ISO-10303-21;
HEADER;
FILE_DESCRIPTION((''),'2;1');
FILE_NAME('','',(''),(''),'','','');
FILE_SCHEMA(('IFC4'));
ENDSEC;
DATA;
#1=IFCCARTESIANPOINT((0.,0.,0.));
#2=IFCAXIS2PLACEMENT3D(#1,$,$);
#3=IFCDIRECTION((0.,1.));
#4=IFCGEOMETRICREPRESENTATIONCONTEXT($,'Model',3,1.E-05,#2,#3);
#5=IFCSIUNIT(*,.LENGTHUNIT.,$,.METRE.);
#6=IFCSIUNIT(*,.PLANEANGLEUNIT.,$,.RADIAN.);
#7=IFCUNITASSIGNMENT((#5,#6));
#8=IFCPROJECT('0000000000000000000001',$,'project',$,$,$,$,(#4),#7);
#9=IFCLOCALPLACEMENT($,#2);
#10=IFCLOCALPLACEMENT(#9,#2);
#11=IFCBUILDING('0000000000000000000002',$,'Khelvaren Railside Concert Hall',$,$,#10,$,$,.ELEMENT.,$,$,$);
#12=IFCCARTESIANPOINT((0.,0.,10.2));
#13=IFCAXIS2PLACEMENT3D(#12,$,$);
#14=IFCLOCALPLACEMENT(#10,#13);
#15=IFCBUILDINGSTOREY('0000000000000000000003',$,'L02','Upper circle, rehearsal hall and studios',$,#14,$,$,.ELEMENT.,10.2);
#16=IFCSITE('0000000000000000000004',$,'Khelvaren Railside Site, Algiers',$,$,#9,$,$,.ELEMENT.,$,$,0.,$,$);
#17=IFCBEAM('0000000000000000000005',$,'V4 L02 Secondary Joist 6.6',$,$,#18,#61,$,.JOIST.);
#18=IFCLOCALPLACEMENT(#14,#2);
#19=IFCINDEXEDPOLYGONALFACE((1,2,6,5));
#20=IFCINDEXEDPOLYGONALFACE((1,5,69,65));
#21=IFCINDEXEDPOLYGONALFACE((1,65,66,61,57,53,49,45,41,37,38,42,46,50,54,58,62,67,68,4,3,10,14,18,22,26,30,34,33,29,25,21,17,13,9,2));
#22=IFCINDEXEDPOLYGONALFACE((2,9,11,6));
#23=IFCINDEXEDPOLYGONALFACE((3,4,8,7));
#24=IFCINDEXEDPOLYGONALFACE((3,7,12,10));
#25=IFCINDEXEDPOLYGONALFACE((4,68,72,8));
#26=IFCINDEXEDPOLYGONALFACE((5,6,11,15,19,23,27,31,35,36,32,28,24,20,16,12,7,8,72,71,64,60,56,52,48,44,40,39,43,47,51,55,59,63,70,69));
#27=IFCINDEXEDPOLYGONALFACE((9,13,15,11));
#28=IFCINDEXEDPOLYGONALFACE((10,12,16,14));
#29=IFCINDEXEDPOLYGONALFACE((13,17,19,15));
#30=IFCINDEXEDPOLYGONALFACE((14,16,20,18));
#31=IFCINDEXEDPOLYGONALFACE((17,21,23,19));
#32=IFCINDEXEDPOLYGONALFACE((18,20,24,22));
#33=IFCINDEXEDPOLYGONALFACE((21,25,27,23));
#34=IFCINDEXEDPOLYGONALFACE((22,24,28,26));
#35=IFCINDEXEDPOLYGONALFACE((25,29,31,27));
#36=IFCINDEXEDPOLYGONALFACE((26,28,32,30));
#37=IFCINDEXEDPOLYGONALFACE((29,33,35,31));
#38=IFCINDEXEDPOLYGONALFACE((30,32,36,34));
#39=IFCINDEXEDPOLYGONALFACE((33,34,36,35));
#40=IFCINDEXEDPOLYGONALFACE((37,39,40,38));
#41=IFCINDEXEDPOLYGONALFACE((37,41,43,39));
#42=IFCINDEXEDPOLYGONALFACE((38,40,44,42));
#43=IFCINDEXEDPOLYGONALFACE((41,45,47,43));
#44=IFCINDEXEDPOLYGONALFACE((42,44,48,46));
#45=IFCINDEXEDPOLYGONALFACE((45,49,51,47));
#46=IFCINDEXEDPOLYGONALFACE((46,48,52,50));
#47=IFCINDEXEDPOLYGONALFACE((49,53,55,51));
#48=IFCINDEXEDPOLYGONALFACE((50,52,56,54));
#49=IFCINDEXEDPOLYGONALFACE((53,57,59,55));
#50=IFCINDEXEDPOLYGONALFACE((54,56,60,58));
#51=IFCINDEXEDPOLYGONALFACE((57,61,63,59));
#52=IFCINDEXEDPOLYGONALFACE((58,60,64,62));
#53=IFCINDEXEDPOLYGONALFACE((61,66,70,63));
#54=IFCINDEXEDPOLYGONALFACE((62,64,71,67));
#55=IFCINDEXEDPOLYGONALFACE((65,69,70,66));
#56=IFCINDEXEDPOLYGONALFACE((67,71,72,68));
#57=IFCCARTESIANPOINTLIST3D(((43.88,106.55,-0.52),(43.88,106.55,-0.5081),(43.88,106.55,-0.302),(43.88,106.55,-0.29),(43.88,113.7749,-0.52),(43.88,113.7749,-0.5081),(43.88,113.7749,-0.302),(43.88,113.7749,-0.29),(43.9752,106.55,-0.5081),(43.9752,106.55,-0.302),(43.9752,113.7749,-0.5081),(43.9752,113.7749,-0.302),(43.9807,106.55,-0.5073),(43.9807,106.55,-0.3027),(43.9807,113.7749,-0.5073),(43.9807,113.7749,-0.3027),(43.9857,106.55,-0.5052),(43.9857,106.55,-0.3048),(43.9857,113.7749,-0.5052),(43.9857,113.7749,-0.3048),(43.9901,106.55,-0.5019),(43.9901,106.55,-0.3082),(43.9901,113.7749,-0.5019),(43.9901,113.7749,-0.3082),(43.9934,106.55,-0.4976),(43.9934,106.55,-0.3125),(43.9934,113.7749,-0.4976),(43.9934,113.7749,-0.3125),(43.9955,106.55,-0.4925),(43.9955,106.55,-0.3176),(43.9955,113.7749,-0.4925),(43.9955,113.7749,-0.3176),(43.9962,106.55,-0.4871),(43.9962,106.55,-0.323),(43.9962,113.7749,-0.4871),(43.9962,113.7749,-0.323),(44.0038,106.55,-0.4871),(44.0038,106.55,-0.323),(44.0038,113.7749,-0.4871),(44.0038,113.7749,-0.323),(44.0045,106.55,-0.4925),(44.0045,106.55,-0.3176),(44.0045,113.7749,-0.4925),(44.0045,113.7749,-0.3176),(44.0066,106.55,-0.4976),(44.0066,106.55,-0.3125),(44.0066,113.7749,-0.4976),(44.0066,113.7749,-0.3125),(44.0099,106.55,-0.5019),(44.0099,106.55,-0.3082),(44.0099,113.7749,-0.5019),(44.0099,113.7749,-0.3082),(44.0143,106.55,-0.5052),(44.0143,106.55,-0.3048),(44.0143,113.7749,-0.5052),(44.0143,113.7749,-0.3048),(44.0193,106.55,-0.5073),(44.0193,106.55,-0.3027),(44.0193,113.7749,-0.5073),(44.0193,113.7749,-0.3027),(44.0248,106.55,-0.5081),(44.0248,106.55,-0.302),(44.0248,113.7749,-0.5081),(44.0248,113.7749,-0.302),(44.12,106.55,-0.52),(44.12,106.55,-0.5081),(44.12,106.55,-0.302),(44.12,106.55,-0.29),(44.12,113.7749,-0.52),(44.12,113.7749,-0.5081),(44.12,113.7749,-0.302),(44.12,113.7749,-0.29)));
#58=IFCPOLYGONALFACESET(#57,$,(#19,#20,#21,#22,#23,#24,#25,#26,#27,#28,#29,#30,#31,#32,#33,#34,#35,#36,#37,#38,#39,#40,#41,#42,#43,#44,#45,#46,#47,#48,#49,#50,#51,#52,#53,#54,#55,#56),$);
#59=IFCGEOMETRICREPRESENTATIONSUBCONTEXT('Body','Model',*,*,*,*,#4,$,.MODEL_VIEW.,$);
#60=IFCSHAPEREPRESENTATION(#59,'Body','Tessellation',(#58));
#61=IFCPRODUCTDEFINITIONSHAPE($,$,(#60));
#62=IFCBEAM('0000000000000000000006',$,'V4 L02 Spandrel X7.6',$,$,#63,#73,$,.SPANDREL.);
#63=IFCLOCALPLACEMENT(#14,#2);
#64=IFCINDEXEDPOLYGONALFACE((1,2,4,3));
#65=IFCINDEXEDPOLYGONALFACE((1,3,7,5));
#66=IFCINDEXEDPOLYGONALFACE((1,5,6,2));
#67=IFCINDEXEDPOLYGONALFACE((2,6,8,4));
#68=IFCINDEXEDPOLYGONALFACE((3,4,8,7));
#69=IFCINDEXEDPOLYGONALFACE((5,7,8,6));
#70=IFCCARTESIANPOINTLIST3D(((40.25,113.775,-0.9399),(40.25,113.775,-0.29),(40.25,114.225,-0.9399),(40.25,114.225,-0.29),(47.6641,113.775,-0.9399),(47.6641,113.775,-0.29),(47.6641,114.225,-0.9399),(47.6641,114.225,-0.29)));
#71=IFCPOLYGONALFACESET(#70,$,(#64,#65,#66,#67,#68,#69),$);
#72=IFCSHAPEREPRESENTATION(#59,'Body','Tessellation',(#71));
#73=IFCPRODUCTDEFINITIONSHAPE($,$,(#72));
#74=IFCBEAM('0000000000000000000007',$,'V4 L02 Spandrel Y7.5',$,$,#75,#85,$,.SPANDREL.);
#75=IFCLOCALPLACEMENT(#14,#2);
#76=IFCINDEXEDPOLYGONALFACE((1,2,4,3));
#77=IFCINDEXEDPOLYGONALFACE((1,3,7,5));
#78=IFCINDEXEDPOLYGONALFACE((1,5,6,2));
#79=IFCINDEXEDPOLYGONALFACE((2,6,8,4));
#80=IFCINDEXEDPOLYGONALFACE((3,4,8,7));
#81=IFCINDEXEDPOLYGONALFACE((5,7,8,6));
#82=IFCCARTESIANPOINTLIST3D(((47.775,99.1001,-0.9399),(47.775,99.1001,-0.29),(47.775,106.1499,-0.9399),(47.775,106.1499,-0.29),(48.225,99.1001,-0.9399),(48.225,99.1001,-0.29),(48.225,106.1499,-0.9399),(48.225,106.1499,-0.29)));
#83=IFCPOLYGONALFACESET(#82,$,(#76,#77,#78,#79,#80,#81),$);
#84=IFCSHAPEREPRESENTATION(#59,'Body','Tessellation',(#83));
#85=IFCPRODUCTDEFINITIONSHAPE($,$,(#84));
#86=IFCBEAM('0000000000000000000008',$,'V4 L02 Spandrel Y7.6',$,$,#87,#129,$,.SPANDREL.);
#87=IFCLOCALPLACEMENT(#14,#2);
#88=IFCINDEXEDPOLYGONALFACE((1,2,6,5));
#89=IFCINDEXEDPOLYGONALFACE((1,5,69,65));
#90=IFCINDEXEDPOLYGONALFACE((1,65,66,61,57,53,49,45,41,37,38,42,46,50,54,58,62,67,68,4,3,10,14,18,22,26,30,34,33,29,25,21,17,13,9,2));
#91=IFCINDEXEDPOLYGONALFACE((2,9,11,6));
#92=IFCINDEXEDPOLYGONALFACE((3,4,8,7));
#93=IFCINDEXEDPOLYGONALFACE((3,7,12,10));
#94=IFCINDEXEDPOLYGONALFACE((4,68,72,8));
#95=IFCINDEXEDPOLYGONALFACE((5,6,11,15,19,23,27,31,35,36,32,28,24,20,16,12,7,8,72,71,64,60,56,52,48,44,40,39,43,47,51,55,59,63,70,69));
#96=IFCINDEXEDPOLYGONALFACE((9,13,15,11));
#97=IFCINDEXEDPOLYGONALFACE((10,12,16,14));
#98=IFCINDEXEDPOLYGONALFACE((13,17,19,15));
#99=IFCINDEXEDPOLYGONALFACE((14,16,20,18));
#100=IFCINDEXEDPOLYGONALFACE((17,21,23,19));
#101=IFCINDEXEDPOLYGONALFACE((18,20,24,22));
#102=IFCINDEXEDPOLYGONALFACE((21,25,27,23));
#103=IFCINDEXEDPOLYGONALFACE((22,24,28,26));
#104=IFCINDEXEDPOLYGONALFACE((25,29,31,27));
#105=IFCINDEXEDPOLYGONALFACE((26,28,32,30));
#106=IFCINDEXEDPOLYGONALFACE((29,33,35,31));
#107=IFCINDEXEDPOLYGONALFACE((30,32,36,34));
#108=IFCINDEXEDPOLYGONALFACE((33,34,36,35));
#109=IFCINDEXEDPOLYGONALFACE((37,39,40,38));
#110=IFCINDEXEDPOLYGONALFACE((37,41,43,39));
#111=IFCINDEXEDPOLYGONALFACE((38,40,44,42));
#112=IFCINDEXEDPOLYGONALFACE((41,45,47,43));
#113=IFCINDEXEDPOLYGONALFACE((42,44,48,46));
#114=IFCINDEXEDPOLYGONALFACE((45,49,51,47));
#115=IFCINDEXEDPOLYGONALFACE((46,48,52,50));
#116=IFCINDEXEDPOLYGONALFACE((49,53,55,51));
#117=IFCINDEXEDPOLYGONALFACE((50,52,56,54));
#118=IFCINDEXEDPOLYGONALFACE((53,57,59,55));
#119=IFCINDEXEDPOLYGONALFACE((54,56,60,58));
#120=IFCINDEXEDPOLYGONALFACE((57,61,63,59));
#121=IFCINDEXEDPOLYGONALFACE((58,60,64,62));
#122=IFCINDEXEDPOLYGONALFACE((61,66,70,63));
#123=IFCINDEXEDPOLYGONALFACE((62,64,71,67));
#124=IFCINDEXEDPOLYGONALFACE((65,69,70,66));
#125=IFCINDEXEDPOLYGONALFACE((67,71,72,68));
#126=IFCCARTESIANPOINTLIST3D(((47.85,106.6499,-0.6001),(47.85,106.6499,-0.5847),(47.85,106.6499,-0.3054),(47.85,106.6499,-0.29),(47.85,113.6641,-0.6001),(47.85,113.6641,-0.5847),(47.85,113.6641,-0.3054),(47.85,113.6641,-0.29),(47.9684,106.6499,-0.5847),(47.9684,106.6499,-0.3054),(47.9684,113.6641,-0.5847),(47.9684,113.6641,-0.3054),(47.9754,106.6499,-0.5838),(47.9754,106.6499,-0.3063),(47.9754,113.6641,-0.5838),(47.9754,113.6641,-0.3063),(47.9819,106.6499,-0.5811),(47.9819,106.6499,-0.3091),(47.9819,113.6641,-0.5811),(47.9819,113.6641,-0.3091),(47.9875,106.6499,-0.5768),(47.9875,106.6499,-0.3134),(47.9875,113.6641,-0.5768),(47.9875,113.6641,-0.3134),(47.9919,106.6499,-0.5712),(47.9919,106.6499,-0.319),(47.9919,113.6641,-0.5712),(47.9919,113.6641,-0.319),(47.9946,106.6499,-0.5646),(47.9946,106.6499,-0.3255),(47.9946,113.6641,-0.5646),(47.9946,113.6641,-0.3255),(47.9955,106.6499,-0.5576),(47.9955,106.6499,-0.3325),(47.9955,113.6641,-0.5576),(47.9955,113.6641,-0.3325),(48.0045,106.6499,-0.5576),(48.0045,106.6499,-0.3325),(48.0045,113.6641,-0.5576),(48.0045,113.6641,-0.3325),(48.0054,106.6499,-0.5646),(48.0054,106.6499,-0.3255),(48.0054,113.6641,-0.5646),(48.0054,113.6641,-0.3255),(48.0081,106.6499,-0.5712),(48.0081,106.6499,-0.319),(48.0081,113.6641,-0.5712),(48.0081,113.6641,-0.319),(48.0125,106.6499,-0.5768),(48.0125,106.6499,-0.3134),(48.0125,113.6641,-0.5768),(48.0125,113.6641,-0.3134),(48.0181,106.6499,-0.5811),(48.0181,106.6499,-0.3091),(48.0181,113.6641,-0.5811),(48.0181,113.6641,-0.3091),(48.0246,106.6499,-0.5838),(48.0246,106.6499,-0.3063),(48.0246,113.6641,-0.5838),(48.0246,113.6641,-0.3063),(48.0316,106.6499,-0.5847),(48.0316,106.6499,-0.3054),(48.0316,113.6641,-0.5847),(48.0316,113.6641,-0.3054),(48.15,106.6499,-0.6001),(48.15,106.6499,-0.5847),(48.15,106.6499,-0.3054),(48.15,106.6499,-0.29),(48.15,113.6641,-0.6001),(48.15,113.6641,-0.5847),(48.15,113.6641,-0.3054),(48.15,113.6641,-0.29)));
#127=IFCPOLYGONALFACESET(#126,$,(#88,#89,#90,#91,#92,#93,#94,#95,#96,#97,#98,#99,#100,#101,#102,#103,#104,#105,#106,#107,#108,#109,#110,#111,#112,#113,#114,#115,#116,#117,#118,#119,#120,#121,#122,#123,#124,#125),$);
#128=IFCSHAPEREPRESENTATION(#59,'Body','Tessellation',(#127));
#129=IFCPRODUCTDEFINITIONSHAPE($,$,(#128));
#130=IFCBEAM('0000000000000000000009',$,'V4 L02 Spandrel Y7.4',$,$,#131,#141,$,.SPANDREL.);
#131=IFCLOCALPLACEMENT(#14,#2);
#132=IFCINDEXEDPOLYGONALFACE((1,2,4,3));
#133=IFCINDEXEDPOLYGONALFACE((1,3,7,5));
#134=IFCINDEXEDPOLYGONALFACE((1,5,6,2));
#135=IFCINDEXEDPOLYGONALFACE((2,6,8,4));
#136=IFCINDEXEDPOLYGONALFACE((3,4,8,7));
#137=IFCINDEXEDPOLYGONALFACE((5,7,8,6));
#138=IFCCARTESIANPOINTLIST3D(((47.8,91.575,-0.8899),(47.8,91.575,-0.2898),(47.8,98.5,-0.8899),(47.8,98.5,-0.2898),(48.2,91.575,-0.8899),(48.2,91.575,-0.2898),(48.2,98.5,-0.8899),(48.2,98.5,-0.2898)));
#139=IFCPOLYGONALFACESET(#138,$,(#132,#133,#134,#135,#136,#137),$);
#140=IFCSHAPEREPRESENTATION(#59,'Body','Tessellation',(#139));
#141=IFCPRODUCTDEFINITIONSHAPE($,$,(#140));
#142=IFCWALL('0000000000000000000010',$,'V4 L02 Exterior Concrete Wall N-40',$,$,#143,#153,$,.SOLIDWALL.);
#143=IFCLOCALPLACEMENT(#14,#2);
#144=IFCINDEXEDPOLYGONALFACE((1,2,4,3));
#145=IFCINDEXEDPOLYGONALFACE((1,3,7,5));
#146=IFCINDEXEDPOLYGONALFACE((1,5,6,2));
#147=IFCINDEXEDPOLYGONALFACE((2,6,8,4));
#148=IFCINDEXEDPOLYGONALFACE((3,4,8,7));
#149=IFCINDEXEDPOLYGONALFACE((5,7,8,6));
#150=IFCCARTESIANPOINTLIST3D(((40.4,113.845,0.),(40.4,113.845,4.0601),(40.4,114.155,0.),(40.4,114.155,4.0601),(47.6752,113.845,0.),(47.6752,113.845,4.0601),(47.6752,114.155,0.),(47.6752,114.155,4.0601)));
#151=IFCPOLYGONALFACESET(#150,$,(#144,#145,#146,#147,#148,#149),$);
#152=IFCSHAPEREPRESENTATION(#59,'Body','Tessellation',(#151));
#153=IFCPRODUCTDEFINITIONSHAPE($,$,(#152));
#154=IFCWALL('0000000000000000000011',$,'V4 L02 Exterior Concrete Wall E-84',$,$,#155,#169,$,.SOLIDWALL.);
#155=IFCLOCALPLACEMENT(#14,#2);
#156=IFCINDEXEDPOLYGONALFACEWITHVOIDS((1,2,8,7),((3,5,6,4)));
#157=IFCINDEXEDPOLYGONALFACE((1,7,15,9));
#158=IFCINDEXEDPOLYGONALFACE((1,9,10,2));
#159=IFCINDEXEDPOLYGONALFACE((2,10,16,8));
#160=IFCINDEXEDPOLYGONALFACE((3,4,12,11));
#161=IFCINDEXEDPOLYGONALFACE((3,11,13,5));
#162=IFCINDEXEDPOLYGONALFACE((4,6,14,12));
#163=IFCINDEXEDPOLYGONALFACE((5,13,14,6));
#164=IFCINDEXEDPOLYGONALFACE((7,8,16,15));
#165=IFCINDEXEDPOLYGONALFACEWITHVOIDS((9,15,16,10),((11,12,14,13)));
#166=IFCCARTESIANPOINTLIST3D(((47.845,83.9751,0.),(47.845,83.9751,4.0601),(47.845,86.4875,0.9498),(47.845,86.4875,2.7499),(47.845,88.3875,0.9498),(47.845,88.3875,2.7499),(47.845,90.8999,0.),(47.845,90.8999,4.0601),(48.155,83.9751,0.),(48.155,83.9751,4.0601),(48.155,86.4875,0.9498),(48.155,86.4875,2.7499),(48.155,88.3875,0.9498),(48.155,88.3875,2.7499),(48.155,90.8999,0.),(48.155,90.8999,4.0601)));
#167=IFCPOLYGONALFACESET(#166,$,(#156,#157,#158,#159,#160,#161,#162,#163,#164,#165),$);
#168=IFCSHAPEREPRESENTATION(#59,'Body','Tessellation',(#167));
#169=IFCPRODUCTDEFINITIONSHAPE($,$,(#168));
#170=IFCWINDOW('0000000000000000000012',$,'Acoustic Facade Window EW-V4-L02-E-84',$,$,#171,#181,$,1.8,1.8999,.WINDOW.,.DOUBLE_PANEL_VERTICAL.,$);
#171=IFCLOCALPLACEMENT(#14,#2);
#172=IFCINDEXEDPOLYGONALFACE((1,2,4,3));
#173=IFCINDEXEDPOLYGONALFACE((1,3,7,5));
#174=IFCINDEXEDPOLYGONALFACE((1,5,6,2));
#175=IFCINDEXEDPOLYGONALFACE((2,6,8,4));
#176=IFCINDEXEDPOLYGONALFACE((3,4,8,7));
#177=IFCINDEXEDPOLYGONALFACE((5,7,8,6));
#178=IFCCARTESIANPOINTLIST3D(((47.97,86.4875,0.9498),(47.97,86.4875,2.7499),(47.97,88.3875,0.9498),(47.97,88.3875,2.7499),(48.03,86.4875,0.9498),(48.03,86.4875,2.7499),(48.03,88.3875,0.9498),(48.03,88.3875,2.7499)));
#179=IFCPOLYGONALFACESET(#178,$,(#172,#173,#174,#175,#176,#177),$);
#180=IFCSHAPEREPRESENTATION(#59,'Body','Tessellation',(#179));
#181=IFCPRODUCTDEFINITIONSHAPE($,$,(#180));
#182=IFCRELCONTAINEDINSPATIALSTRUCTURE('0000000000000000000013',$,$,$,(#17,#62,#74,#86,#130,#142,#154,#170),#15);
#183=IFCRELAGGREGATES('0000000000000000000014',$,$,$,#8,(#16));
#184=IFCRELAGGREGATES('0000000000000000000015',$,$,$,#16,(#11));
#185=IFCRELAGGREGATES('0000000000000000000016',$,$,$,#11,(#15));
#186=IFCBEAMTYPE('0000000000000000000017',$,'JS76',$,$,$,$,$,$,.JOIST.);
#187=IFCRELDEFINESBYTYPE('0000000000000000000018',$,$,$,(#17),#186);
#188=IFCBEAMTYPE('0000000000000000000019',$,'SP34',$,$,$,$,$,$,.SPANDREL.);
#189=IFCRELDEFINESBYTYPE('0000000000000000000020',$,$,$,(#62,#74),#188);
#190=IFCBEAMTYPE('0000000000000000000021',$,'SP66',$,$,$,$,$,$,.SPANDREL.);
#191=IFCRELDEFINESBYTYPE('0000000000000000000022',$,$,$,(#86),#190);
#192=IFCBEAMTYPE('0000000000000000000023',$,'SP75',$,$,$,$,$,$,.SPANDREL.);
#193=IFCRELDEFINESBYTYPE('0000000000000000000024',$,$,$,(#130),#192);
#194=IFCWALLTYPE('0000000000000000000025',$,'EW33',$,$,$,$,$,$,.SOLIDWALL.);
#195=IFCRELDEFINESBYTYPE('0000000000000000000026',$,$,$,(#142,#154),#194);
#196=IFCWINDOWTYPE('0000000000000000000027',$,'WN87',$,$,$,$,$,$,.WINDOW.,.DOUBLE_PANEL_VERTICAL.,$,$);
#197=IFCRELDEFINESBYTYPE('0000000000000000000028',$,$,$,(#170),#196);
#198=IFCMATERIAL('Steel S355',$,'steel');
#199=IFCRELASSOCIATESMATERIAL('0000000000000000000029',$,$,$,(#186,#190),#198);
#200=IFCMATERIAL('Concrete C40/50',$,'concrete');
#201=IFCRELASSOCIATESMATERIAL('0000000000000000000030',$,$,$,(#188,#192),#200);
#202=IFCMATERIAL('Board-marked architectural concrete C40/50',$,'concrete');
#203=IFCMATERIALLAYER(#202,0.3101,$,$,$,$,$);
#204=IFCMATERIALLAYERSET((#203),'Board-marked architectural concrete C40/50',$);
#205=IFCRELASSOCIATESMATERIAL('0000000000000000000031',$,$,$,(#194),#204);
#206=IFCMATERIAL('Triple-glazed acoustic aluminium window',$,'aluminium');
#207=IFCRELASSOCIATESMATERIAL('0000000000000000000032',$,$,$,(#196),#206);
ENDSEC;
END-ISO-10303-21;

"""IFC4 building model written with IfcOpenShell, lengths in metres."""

from ifc_helpers import new_model, si_unit, direction, frame, frame_2d, origin, origin_2d, place, context, subcontext, project, spatial, rectangle, i_section, extrude, material, layer, layer_set, material_profile, profile_set, type_object, element, fill, save


model = new_model("IFC4")

# Units and contexts
model_context = context("Model", 3, precision=1e-05, world=origin(), true_north=direction((0.0, 1.0)))
body_context = subcontext(model_context, "Body", "Model", "MODEL_VIEW")
ifc_project = project(units=[si_unit("LENGTHUNIT", "METRE"), si_unit("PLANEANGLEUNIT", "RADIAN")], contexts=[model_context])

# Site, building, storey
site_placement = place(None, origin())
site = spatial("IfcSite", under=ifc_project, at=site_placement, Name="Khelvaren Railside Site, Algiers", CompositionType="ELEMENT", RefElevation=0.0)
building_placement = place(site_placement, origin())
building = spatial("IfcBuilding", under=site, at=building_placement, Name="Khelvaren Railside Concert Hall", CompositionType="ELEMENT")
storey_placement = place(building_placement, frame((0.0, 0.0, 10.2)))
storey = spatial("IfcBuildingStorey", under=building, at=storey_placement, Name="L02", Description="Upper circle, rehearsal hall and studios", CompositionType="ELEMENT", Elevation=10.2)

# Beams
ifc_material_1 = material(Name="Steel S355", Category="steel")
ifc_material_2 = material(Name="Concrete C40/50", Category="concrete")
ifc_material_profile_1 = material_profile(ifc_material_1, i_section(OverallWidth=0.24, OverallDepth=0.23, WebThickness=0.0076, FlangeThickness=0.012, FilletRadius=0.021, at=origin_2d()), Name="HEA 240")
ifc_profile_set_1 = profile_set([ifc_material_profile_1], Name="Steel S355")
beam_type_1 = type_object("IfcBeamType", Name="JS76", PredefinedType="JOIST", material=ifc_profile_set_1)
beam_1_placement = place(storey_placement, frame((44.0, 106.55, -0.405), z_axis=(0.0, 1.0, 0.0), x_axis=(-1.0, 0.0, 0.0)))
element("IfcBeam", 1, at=beam_1_placement, inside=storey, type_object=beam_type_1, Name="V4 L02 Secondary Joist 6.6", PredefinedType="JOIST", context=body_context, shape_type="SweptSolid", body=[
    extrude(i_section(OverallWidth=0.24, OverallDepth=0.23, WebThickness=0.0076, FlangeThickness=0.012, FilletRadius=0.021, at=origin_2d()), origin(), (0.0, 0.0, 1.0), 7.2249),
])
ifc_material_profile_2 = material_profile(ifc_material_2, rectangle(XDim=0.45, YDim=0.6499, at=origin_2d()), Name="RCB 450x650")
ifc_profile_set_2 = profile_set([ifc_material_profile_2], Name="Concrete C40/50")
beam_type_2 = type_object("IfcBeamType", Name="SP34", PredefinedType="SPANDREL", material=ifc_profile_set_2)
beam_2_placement = place(storey_placement, frame((40.25, 114.0, -0.615), z_axis=(1.0, 0.0, 0.0), x_axis=(0.0, 1.0, 0.0)))
element("IfcBeam", 2, at=beam_2_placement, inside=storey, type_object=beam_type_2, Name="V4 L02 Spandrel X7.6", PredefinedType="SPANDREL", context=body_context, shape_type="SweptSolid", body=[
    extrude(rectangle(XDim=0.45, YDim=0.6499, at=origin_2d()), origin(), (0.0, 0.0, 1.0), 7.4141),
])
beam_3_placement = place(storey_placement, frame((48.0, 99.1001, -0.615), z_axis=(0.0, 1.0, 0.0), x_axis=(-1.0, 0.0, 0.0)))
element("IfcBeam", 3, at=beam_3_placement, inside=storey, type_object=beam_type_2, Name="V4 L02 Spandrel Y7.5", PredefinedType="SPANDREL", context=body_context, shape_type="SweptSolid", body=[
    extrude(rectangle(XDim=0.45, YDim=0.6499, at=origin_2d()), origin(), (0.0, 0.0, 1.0), 7.0498),
])
ifc_material_profile_3 = material_profile(ifc_material_1, i_section(OverallWidth=0.3, OverallDepth=0.3101, WebThickness=0.009, FlangeThickness=0.0154, FilletRadius=0.0271, at=origin_2d()), Name="HEA 320")
ifc_profile_set_3 = profile_set([ifc_material_profile_3], Name="Steel S355")
beam_type_3 = type_object("IfcBeamType", Name="SP66", PredefinedType="SPANDREL", material=ifc_profile_set_3)
beam_4_placement = place(storey_placement, frame((48.0, 106.6499, -0.4451), z_axis=(0.0, 1.0, 0.0), x_axis=(-1.0, 0.0, 0.0)))
element("IfcBeam", 4, at=beam_4_placement, inside=storey, type_object=beam_type_3, Name="V4 L02 Spandrel Y7.6", PredefinedType="SPANDREL", context=body_context, shape_type="SweptSolid", body=[
    extrude(i_section(OverallWidth=0.3, OverallDepth=0.3101, WebThickness=0.009, FlangeThickness=0.0154, FilletRadius=0.0271, at=origin_2d()), origin(), (0.0, 0.0, 1.0), 7.0142),
])
ifc_material_profile_4 = material_profile(ifc_material_2, rectangle(XDim=0.3999, YDim=0.6001, at=origin_2d()), Name="RCB 400x600")
ifc_profile_set_4 = profile_set([ifc_material_profile_4], Name="Concrete C40/50")
beam_type_4 = type_object("IfcBeamType", Name="SP75", PredefinedType="SPANDREL", material=ifc_profile_set_4)
beam_5_placement = place(storey_placement, frame((48.0, 91.575, -0.5898), z_axis=(0.0, 1.0, 0.0), x_axis=(-1.0, 0.0, 0.0)))
element("IfcBeam", 5, at=beam_5_placement, inside=storey, type_object=beam_type_4, Name="V4 L02 Spandrel Y7.4", PredefinedType="SPANDREL", context=body_context, shape_type="SweptSolid", body=[
    extrude(rectangle(XDim=0.3999, YDim=0.6001, at=origin_2d()), origin(), (0.0, 0.0, 1.0), 6.925),
])

# Wall
ifc_material_3 = material(Name="Board-marked architectural concrete C40/50", Category="concrete")
ifc_layer_1 = layer(ifc_material_3, 0.3101)
ifc_layer_set_1 = layer_set([ifc_layer_1], Name="Board-marked architectural concrete C40/50")
wall_type_1 = type_object("IfcWallType", Name="EW33", PredefinedType="SOLIDWALL", material=ifc_layer_set_1)
wall_1_placement = place(storey_placement, frame((40.3999, 114.0, 0.0), z_axis=(0.0, 0.0, 1.0), x_axis=(1.0, 0.0, 0.0)))
element("IfcWall", 6, at=wall_1_placement, inside=storey, type_object=wall_type_1, Name="V4 L02 Exterior Concrete Wall N-40", PredefinedType="SOLIDWALL", context=body_context, shape_type="SweptSolid", body=[
    extrude(rectangle(XDim=7.2751, YDim=0.3101, at=frame_2d((3.6377, 0.0))), origin(), (0.0, 0.0, 1.0), 4.0601),
])

# Wall, opening, window
wall_2_placement = place(storey_placement, frame((48.0, 90.8999, 0.0), z_axis=(0.0, 0.0, 1.0), x_axis=(0.0, -1.0, 0.0)))
wall_2 = element("IfcWall", 7, at=wall_2_placement, inside=storey, type_object=wall_type_1, Name="V4 L02 Exterior Concrete Wall E-84", PredefinedType="SOLIDWALL", context=body_context, shape_type="SweptSolid", body=[
    extrude(rectangle(XDim=6.9248, YDim=0.3101, at=frame_2d((3.4624, 0.0))), origin(), (0.0, 0.0, 1.0), 4.0601),
])
opening_1_placement = place(wall_2_placement, frame((2.5125, 0.0, 0.95)))
opening_1 = element("IfcOpeningElement", 8, at=opening_1_placement, cuts=wall_2, PredefinedType="OPENING", context=body_context, shape_type="SweptSolid", body=[
    extrude(rectangle(XDim=1.8999, YDim=1.8, at=frame_2d((0.95, 0.8999))), frame((0.0, 0.165, 0.0), z_axis=(0.0, -1.0, 0.0), x_axis=(1.0, 0.0, 0.0)), (0.0, 0.0, 1.0), 0.3301),
])
ifc_material_4 = material(Name="Triple-glazed acoustic aluminium window", Category="aluminium")
window_type_1 = type_object("IfcWindowType", Name="WN87", PartitioningType="DOUBLE_PANEL_VERTICAL", PredefinedType="WINDOW", material=ifc_material_4)
window_1_placement = place(opening_1_placement, origin())
window_1 = element("IfcWindow", 9, at=window_1_placement, inside=storey, type_object=window_type_1, Name="Acoustic Facade Window EW-V4-L02-E-84", OverallHeight=1.8, OverallWidth=1.8999, PartitioningType="DOUBLE_PANEL_VERTICAL", PredefinedType="WINDOW", context=body_context, shape_type="SweptSolid", body=[
    extrude(rectangle(XDim=1.8999, YDim=1.8, at=frame_2d((0.95, 0.8999))), frame((0.0, 0.03, 0.0), z_axis=(0.0, -1.0, 0.0), x_axis=(1.0, 0.0, 0.0)), (0.0, 0.0, 1.0), 0.0601),
])
fill(opening_1, window_1)

save(model, "model.ifc")
